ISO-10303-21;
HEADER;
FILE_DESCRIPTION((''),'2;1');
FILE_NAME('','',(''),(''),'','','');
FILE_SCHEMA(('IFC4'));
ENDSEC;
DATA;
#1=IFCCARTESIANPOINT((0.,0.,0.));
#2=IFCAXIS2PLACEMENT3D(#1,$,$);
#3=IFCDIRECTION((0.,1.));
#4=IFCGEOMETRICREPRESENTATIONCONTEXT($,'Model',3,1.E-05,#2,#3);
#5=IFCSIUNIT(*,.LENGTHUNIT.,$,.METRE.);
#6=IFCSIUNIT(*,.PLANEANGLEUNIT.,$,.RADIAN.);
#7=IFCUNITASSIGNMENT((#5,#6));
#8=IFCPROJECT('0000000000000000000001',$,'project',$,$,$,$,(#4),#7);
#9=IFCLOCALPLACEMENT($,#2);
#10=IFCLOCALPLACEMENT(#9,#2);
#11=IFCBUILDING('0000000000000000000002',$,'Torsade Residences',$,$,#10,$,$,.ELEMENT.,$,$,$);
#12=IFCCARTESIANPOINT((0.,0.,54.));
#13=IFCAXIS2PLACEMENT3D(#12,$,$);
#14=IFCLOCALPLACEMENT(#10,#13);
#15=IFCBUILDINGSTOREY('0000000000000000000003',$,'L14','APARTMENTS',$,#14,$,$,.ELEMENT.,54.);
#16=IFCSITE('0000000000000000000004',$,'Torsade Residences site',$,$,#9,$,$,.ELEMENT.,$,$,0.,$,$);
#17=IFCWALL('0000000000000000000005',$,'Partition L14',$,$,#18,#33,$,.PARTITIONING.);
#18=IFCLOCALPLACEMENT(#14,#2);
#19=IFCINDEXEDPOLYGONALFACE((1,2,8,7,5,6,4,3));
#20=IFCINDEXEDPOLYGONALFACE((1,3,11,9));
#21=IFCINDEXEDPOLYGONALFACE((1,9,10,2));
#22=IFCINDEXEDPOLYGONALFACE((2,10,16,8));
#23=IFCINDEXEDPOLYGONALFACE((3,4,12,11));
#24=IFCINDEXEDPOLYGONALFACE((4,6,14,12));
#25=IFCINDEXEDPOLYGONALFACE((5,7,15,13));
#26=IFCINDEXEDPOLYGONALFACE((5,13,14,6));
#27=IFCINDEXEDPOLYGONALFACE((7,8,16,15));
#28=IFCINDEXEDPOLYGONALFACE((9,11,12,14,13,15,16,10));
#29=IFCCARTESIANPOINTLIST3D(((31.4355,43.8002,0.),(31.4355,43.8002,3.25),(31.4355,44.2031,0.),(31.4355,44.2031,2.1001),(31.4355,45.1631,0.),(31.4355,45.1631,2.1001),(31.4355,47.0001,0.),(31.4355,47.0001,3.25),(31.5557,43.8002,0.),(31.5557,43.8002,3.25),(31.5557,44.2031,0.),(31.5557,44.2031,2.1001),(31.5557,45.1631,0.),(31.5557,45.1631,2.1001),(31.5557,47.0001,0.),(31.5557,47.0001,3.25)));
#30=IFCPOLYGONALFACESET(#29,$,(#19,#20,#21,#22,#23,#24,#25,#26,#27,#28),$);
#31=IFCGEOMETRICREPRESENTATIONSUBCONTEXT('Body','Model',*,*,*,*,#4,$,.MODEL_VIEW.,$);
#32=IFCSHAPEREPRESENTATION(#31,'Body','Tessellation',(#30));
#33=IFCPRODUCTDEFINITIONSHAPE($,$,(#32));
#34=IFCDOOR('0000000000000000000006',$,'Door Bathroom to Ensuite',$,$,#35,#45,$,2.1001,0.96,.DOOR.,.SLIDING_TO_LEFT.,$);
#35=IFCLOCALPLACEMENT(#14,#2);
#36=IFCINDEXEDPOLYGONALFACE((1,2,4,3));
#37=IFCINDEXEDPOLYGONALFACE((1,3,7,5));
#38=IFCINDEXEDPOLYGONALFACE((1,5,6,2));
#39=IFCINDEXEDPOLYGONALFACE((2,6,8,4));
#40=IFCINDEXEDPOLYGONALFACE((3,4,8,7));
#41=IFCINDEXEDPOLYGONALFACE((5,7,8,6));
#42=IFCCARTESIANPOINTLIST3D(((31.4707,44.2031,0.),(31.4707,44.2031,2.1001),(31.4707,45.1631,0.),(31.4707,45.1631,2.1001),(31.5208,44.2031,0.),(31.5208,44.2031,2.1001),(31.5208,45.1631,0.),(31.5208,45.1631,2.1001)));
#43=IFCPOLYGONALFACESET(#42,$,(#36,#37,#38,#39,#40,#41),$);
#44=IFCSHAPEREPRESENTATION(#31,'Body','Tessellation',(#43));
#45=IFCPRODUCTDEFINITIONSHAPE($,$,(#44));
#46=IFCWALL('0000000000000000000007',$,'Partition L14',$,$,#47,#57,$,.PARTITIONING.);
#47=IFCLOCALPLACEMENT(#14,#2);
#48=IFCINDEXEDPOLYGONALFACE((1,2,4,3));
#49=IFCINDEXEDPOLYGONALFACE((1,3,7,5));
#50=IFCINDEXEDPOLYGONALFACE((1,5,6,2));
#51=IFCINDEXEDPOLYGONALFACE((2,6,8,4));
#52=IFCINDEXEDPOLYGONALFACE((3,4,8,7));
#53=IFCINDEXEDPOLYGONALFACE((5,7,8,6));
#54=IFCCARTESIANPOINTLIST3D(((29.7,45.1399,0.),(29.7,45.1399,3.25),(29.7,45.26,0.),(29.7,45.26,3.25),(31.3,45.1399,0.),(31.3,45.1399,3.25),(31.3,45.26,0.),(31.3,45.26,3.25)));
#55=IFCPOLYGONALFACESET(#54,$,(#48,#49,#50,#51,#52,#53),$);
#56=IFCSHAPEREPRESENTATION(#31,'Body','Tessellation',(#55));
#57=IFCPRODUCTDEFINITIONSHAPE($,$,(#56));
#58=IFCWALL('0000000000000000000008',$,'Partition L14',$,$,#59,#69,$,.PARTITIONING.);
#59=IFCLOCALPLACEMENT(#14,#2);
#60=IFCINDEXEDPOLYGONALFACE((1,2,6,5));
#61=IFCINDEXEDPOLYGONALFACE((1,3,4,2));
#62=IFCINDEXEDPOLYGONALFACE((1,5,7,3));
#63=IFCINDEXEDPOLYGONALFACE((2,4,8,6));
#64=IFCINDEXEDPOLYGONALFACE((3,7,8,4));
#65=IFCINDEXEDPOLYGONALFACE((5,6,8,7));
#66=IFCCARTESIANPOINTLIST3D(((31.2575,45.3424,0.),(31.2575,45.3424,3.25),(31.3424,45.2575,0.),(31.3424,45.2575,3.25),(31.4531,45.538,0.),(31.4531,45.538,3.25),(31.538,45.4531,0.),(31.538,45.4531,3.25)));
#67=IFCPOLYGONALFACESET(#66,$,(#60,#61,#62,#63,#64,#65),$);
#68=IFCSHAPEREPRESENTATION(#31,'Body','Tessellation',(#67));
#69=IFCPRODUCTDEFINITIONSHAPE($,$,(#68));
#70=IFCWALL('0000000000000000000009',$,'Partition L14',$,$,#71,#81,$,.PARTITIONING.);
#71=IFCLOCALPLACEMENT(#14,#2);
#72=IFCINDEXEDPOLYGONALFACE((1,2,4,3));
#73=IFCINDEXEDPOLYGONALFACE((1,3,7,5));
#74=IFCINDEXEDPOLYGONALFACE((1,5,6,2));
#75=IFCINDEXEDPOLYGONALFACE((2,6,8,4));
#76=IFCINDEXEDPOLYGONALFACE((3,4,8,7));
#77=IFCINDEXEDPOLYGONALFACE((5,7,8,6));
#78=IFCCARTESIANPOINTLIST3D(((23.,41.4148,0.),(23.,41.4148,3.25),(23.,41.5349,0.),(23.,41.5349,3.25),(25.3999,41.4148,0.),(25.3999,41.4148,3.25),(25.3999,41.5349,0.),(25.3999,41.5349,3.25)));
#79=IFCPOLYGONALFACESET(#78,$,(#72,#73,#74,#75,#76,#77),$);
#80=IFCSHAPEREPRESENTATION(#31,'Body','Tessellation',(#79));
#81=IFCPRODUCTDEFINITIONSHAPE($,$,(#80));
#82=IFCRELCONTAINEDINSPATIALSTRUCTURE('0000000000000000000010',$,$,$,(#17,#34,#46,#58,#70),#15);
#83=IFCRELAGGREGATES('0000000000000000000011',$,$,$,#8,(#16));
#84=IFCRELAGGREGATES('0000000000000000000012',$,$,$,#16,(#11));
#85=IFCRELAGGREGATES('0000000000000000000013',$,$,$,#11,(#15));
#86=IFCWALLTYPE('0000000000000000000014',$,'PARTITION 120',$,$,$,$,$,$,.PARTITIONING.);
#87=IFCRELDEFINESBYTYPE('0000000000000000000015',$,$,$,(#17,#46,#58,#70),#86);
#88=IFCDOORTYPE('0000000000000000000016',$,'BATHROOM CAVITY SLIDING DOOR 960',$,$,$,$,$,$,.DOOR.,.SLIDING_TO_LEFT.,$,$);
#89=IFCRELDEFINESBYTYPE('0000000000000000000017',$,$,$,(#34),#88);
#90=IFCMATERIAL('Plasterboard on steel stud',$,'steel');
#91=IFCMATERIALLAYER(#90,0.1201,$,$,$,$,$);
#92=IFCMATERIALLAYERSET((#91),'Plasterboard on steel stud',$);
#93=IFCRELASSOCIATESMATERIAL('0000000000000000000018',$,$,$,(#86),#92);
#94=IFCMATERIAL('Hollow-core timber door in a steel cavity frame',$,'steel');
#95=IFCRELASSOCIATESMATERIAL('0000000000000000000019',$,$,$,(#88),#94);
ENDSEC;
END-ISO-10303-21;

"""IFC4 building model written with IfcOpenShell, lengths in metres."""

from ifc_helpers import new_model, si_unit, direction, frame, frame_2d, origin, place, context, subcontext, project, spatial, rectangle, extrude, material, layer, layer_set, type_object, element, fill, save


model = new_model("IFC4")

# Units and contexts
model_context = context("Model", 3, precision=1e-05, world=origin(), true_north=direction((0.0, 1.0)))
body_context = subcontext(model_context, "Body", "Model", "MODEL_VIEW")
ifc_project = project(units=[si_unit("LENGTHUNIT", "METRE"), si_unit("PLANEANGLEUNIT", "RADIAN")], contexts=[model_context])

# Site, building, storey
site_placement = place(None, origin())
site = spatial("IfcSite", under=ifc_project, at=site_placement, Name="Torsade Residences site", CompositionType="ELEMENT", RefElevation=0.0)
building_placement = place(site_placement, origin())
building = spatial("IfcBuilding", under=site, at=building_placement, Name="Torsade Residences", CompositionType="ELEMENT")
storey_placement = place(building_placement, frame((0.0, 0.0, 54.0)))
storey = spatial("IfcBuildingStorey", under=building, at=storey_placement, Name="L14", Description="APARTMENTS", CompositionType="ELEMENT", Elevation=54.0)

# Wall, opening, door
ifc_material_1 = material(Name="Plasterboard on steel stud", Category="steel")
ifc_layer_1 = layer(ifc_material_1, 0.1201)
ifc_layer_set_1 = layer_set([ifc_layer_1], Name="Plasterboard on steel stud")
wall_type_1 = type_object("IfcWallType", Name="PARTITION 120", PredefinedType="PARTITIONING", material=ifc_layer_set_1)
ifc_material_2 = material(Name="Hollow-core timber door in a steel cavity frame", Category="steel")
door_type_1 = type_object("IfcDoorType", Name="BATHROOM CAVITY SLIDING DOOR 960", OperationType="SLIDING_TO_LEFT", PredefinedType="DOOR", material=ifc_material_2)
wall_1_placement = place(storey_placement, frame((31.4956, 43.8, 0.0), z_axis=(0.0, 0.0, 1.0), x_axis=(0.0, 1.0, 0.0)))
wall_1 = element("IfcWall", 1, at=wall_1_placement, inside=storey, type_object=wall_type_1, Name="Partition L14", PredefinedType="PARTITIONING", context=body_context, shape_type="SweptSolid", body=[
    extrude(rectangle(XDim=3.2, YDim=0.1201, at=frame_2d((1.6001, 0.0))), origin(), (0.0, 0.0, 1.0), 3.25),
])
opening_1_placement = place(wall_1_placement, frame((0.4031, 0.0, 0.0)))
opening_1 = element("IfcOpeningElement", 2, at=opening_1_placement, cuts=wall_1, PredefinedType="OPENING", context=body_context, shape_type="SweptSolid", body=[
    extrude(rectangle(XDim=0.96, YDim=2.1001, at=frame_2d((0.48, 1.05))), frame((0.0, 0.0701, 0.0), z_axis=(0.0, -1.0, 0.0), x_axis=(1.0, 0.0, 0.0)), (0.0, 0.0, 1.0), 0.1401),
])
door_1_placement = place(opening_1_placement, origin())
door_1 = element("IfcDoor", 3, at=door_1_placement, inside=storey, type_object=door_type_1, Name="Door Bathroom to Ensuite", OperationType="SLIDING_TO_LEFT", OverallHeight=2.1001, OverallWidth=0.96, PredefinedType="DOOR", context=body_context, shape_type="SweptSolid", body=[
    extrude(rectangle(XDim=0.96, YDim=2.1001, at=frame_2d((0.48, 1.05))), frame((0.0, 0.0249, 0.0), z_axis=(0.0, -1.0, 0.0), x_axis=(1.0, 0.0, 0.0)), (0.0, 0.0, 1.0), 0.05),
])
fill(opening_1, door_1)

# Walls
wall_2_placement = place(storey_placement, frame((29.7, 45.2, 0.0), z_axis=(0.0, 0.0, 1.0), x_axis=(1.0, 0.0, 0.0)))
element("IfcWall", 4, at=wall_2_placement, inside=storey, type_object=wall_type_1, Name="Partition L14", PredefinedType="PARTITIONING", context=body_context, shape_type="SweptSolid", body=[
    extrude(rectangle(XDim=1.6001, YDim=0.1201, at=frame_2d((0.8, 0.0))), origin(), (0.0, 0.0, 1.0), 3.25),
])
wall_3_placement = place(storey_placement, frame((31.3, 45.3, 0.0), z_axis=(0.0, 0.0, 1.0), x_axis=(0.707107, 0.707107, 0.0)))
element("IfcWall", 5, at=wall_3_placement, inside=storey, type_object=wall_type_1, Name="Partition L14", PredefinedType="PARTITIONING", context=body_context, shape_type="SweptSolid", body=[
    extrude(rectangle(XDim=0.2766, YDim=0.1201, at=frame_2d((0.1382, 0.0))), origin(), (0.0, 0.0, 1.0), 3.25),
])
wall_4_placement = place(storey_placement, frame((25.3999, 41.4749, 0.0), z_axis=(0.0, 0.0, 1.0), x_axis=(-1.0, 0.0, 0.0)))
element("IfcWall", 6, at=wall_4_placement, inside=storey, type_object=wall_type_1, Name="Partition L14", PredefinedType="PARTITIONING", context=body_context, shape_type="SweptSolid", body=[
    extrude(rectangle(XDim=2.3999, YDim=0.1201, at=frame_2d((1.2, 0.0))), origin(), (0.0, 0.0, 1.0), 3.25),
])

save(model, "model.ifc")
